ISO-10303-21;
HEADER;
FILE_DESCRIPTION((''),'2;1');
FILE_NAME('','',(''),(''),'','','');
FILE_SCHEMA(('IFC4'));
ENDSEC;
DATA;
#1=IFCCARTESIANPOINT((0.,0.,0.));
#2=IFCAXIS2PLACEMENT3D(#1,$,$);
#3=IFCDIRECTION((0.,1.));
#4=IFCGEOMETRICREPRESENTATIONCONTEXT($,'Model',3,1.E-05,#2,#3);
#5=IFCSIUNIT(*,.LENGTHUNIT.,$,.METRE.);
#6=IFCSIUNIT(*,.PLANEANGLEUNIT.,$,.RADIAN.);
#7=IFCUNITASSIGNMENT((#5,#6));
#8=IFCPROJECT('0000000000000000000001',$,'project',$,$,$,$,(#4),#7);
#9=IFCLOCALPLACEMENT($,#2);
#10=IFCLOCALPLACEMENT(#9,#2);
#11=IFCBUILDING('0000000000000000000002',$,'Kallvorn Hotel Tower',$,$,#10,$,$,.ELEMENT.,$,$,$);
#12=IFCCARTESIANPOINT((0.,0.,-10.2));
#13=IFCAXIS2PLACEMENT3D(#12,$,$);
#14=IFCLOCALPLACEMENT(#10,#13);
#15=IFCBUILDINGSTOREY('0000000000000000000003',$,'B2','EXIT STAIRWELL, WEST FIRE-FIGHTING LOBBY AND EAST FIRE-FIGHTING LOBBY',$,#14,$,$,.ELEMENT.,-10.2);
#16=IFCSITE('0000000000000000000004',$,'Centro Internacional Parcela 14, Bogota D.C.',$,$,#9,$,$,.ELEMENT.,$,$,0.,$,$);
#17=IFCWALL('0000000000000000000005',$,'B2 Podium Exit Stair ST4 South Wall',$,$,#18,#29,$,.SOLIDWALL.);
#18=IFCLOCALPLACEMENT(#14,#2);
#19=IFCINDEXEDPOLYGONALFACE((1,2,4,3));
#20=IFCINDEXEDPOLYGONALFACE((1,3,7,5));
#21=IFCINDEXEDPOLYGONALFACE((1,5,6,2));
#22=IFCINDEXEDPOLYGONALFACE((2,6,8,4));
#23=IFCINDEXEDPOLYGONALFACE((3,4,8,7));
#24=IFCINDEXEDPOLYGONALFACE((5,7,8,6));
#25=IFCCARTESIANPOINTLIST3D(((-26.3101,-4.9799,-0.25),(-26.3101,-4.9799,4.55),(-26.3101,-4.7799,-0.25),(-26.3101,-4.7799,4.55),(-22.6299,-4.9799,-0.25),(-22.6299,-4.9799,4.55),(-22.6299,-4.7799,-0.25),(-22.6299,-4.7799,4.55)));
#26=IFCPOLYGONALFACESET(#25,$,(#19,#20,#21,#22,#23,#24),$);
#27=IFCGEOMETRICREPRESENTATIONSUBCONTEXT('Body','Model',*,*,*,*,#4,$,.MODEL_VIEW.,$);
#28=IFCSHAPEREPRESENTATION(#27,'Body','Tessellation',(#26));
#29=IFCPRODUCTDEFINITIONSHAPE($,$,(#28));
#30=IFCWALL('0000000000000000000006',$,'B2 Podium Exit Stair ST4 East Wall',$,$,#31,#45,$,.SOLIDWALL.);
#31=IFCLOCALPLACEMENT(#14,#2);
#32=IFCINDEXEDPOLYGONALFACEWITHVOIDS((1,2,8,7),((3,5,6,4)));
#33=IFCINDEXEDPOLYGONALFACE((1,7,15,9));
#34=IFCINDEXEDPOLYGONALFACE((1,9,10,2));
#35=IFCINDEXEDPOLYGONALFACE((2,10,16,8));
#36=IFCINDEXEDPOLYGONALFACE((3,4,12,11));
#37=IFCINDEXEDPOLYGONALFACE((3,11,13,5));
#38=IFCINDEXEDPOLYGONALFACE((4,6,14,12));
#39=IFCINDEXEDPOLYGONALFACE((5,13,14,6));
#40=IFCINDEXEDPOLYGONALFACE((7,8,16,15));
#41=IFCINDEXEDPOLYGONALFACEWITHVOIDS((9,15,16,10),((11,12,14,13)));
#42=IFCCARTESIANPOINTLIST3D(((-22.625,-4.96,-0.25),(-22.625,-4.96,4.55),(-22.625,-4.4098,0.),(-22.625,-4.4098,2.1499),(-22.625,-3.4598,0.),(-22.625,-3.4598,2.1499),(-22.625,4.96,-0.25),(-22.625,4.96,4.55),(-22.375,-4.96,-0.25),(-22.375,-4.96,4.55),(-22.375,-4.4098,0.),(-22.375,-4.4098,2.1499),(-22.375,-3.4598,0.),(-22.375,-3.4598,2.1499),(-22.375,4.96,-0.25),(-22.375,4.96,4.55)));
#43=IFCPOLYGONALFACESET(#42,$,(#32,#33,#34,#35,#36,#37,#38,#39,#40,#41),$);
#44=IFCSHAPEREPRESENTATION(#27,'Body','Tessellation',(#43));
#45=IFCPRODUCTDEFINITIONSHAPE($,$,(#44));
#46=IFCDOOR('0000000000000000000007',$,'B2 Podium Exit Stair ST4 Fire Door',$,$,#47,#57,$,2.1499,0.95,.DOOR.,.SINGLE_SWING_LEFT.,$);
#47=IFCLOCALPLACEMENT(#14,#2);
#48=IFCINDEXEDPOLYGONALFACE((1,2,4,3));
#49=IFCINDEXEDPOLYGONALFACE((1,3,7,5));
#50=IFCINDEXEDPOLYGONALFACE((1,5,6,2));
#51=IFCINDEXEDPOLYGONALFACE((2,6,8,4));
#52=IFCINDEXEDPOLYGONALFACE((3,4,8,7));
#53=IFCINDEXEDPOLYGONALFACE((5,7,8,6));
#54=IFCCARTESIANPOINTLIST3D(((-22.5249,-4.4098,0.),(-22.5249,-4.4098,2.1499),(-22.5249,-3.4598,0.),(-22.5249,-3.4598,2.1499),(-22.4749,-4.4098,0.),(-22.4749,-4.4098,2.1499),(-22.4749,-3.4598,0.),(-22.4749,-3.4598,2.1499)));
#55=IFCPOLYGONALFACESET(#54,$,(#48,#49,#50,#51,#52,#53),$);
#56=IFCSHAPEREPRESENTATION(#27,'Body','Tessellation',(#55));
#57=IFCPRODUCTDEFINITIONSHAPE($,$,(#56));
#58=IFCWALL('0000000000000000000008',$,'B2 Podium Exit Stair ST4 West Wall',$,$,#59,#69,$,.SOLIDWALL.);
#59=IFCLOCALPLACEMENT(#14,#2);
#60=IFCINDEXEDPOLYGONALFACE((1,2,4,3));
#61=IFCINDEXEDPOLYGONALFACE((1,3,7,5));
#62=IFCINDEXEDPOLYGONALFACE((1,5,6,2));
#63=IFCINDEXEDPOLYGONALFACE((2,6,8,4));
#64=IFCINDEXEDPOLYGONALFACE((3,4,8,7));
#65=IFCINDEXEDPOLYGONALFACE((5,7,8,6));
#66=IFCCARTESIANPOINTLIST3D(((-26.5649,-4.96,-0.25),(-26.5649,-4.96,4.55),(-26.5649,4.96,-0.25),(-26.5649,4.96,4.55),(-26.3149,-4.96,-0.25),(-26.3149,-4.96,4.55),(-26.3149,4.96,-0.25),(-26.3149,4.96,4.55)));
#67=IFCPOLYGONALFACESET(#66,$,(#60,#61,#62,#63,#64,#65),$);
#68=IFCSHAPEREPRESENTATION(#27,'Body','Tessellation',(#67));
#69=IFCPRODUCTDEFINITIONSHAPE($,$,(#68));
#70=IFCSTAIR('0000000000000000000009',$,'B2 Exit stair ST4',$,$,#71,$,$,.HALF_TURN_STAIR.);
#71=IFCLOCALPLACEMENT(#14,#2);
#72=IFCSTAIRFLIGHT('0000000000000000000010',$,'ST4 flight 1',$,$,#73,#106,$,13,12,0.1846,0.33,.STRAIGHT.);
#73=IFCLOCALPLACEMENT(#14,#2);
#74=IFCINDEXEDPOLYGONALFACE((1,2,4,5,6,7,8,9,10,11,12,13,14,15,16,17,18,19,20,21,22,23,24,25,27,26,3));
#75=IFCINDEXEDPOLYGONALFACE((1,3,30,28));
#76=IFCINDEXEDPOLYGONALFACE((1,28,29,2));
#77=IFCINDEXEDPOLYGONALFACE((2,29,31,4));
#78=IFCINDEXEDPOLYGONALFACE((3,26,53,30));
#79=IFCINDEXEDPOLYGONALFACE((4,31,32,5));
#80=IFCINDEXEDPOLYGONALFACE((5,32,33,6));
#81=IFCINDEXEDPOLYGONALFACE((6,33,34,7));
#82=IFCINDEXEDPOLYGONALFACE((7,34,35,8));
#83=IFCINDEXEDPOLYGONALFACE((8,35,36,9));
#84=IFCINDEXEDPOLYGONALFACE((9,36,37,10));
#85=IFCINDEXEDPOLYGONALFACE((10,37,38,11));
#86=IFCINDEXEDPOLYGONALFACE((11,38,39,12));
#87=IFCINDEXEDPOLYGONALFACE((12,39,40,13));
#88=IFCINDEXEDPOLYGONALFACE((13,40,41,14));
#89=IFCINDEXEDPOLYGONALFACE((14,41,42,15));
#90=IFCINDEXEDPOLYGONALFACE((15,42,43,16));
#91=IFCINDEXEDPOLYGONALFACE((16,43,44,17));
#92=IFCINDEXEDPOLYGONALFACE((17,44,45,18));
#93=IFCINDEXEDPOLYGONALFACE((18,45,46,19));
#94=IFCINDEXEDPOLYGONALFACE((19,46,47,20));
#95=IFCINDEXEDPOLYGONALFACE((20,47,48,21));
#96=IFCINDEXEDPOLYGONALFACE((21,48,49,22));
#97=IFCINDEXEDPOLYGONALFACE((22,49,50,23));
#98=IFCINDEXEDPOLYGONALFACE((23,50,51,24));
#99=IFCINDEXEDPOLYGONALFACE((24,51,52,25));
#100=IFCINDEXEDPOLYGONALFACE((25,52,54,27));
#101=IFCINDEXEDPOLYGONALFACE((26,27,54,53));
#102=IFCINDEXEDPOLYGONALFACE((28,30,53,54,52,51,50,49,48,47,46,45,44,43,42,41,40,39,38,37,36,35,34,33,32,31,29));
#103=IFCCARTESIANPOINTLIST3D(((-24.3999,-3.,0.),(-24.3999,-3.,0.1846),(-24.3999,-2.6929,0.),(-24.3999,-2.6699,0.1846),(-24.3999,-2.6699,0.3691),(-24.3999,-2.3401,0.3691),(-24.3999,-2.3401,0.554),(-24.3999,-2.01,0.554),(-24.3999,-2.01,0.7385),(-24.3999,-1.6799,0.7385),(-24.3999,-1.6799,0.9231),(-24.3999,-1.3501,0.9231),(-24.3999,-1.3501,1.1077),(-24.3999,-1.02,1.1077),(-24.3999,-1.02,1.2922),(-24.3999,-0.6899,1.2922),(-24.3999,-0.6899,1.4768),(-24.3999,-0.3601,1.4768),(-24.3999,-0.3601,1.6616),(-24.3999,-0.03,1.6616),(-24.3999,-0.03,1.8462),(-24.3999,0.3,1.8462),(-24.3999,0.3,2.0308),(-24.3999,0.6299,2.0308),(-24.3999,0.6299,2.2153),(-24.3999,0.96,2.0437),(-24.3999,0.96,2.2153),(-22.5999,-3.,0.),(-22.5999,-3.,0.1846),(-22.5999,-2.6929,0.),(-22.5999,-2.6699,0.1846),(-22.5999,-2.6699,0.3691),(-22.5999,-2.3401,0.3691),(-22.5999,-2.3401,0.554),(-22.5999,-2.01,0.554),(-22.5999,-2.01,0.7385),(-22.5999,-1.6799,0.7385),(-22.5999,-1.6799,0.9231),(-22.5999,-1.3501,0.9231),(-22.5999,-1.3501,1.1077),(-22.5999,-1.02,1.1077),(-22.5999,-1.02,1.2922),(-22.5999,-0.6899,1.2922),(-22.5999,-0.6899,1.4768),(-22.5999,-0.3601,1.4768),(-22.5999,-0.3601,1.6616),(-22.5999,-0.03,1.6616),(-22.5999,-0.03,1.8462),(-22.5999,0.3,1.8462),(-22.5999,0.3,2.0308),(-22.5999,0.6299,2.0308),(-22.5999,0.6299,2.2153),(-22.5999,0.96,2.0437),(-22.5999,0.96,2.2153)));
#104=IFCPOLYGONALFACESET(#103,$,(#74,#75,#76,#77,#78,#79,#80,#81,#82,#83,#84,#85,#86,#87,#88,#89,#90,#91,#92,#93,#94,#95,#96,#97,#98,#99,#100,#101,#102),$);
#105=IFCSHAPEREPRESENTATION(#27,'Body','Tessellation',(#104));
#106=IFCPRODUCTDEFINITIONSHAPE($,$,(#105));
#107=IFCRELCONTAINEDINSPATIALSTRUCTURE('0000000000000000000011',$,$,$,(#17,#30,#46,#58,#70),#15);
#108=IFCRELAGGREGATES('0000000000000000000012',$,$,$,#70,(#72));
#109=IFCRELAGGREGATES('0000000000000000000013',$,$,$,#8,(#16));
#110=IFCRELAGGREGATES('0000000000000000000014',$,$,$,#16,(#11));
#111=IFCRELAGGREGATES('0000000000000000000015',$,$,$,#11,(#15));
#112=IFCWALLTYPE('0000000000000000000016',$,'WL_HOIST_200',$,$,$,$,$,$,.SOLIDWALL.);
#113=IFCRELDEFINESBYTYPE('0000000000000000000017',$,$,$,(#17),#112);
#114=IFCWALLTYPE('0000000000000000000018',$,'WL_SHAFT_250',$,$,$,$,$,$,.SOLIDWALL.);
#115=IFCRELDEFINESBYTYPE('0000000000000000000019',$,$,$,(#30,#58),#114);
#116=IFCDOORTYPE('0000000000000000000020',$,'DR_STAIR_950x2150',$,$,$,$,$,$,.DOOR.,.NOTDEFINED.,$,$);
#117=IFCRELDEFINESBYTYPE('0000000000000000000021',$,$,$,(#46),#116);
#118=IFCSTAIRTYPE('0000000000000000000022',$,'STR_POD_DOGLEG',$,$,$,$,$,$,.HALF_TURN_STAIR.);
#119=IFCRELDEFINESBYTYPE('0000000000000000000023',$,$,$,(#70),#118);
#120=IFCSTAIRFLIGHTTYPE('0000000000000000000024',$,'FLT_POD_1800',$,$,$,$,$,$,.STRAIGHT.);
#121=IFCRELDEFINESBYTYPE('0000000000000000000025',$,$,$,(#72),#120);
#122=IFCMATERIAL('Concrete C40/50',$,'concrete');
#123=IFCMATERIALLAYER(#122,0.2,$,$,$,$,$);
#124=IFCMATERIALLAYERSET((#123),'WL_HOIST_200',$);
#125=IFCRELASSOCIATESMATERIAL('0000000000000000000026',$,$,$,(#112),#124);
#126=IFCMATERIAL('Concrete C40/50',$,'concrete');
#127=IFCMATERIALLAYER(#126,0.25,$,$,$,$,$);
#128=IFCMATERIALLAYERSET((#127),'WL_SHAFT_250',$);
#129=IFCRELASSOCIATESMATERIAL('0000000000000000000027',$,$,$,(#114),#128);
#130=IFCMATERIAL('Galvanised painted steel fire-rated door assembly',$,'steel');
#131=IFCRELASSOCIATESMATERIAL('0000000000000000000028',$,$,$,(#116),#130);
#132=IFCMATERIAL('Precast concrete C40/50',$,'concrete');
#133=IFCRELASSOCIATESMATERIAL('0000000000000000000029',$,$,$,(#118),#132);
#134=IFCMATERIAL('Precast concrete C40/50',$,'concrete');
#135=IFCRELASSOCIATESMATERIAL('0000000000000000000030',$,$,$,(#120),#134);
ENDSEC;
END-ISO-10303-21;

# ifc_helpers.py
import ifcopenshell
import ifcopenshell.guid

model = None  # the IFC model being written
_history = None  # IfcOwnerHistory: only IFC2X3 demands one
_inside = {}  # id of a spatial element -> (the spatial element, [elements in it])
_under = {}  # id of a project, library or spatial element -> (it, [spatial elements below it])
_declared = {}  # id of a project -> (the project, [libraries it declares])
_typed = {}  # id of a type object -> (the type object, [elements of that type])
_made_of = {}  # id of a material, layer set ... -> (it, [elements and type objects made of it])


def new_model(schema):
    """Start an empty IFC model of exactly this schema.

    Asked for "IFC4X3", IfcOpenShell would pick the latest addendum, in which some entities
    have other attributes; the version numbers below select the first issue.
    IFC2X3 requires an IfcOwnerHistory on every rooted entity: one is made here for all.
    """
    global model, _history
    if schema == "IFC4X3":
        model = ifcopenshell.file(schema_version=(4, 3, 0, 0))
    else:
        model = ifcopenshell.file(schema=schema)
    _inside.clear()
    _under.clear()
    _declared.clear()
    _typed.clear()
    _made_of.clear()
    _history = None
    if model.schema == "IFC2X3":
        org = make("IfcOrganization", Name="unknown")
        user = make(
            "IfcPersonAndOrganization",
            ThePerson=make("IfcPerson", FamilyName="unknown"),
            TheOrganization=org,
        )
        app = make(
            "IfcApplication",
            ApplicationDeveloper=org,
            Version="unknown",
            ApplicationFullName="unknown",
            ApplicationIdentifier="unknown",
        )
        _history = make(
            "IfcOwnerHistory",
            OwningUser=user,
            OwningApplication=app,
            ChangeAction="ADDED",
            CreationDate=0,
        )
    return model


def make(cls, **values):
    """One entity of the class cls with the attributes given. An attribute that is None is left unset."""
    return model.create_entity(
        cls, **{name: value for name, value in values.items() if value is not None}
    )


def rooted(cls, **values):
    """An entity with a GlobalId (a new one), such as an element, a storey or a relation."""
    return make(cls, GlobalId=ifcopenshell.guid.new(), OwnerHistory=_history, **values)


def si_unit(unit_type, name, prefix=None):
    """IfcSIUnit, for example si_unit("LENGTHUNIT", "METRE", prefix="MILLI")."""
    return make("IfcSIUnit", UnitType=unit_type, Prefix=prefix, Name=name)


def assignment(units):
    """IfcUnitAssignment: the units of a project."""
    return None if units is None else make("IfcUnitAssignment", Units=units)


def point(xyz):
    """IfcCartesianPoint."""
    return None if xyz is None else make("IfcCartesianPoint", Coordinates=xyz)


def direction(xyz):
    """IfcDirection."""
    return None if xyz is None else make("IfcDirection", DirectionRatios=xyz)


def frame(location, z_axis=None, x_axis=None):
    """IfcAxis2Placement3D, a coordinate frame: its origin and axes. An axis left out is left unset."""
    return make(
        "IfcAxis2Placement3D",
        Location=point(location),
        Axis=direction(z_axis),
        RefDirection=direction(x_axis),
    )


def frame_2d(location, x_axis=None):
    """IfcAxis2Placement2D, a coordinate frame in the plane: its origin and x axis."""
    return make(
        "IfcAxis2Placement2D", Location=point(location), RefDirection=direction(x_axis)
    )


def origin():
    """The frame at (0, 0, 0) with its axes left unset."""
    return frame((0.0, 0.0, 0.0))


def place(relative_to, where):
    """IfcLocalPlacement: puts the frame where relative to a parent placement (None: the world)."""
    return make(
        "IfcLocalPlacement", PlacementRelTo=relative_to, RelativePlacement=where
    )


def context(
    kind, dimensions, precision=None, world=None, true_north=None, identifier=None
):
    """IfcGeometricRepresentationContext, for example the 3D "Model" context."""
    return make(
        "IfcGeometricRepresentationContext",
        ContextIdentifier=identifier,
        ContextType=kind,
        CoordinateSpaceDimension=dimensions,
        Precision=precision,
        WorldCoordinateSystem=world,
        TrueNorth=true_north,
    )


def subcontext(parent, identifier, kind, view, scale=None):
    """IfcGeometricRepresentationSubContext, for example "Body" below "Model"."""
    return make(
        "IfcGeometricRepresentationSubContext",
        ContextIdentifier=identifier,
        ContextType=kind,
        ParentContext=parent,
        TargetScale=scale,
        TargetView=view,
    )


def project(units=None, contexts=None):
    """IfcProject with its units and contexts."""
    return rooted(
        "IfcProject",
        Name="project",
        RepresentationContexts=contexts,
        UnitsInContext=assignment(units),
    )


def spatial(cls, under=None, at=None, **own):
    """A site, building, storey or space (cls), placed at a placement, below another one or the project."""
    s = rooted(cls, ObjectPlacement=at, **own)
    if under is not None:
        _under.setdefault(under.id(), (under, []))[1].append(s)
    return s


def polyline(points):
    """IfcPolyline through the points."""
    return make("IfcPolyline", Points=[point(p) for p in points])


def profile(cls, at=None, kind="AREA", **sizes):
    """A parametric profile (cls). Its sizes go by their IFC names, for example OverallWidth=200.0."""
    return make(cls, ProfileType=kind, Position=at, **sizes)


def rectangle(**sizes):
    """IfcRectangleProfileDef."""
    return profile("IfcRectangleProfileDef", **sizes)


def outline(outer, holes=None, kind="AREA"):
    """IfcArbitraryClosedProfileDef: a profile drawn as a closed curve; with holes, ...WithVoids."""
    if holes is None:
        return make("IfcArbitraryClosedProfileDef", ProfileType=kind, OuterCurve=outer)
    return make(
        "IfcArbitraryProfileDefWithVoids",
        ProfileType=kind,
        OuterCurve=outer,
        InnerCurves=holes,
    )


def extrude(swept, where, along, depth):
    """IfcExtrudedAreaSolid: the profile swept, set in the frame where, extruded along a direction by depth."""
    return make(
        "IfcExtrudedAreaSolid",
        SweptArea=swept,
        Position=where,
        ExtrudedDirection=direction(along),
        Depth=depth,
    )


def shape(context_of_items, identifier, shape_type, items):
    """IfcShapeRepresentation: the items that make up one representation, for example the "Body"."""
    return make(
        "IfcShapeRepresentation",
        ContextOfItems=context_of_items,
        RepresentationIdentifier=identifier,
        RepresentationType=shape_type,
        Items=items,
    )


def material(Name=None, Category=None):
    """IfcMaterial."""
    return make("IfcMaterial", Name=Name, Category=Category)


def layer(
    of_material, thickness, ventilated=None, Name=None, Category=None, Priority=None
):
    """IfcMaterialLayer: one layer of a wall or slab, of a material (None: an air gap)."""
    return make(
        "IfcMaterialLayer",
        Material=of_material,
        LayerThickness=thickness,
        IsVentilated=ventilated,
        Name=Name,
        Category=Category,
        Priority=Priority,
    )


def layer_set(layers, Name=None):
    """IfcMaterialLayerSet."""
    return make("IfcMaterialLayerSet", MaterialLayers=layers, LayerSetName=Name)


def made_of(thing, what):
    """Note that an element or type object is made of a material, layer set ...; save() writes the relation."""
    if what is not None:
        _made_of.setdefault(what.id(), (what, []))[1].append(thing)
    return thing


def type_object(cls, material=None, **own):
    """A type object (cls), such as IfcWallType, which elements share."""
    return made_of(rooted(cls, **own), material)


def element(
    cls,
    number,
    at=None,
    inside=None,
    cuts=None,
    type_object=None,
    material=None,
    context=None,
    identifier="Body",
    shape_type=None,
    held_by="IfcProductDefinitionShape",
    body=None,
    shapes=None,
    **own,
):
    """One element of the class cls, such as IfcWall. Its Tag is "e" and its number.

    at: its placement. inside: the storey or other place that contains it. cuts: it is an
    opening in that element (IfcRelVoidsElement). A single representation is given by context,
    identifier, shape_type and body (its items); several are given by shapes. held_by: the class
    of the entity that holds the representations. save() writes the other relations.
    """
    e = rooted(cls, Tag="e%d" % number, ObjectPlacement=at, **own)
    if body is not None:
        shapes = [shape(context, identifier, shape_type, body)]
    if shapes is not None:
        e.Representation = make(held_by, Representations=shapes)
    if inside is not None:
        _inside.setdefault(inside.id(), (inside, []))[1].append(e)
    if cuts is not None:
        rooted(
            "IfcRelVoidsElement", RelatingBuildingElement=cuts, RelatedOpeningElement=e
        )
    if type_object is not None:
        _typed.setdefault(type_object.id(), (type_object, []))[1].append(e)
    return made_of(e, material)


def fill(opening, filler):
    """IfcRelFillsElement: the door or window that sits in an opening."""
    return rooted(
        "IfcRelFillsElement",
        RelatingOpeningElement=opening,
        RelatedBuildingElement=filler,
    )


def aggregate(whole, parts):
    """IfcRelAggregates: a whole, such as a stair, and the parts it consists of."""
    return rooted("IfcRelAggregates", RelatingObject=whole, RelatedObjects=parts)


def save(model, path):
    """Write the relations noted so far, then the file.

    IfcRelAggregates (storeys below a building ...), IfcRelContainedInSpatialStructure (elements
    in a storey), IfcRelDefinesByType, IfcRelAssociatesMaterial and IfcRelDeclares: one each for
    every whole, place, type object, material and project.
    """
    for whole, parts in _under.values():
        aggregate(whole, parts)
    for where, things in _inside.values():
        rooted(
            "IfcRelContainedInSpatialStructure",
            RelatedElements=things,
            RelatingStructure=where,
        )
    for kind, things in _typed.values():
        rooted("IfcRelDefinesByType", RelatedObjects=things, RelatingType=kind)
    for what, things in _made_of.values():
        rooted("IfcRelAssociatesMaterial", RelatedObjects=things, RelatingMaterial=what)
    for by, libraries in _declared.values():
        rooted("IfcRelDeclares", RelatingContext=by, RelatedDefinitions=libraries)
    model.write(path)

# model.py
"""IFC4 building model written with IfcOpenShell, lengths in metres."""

from ifc_helpers import new_model, si_unit, direction, frame, frame_2d, origin, place, context, subcontext, project, spatial, polyline, rectangle, outline, extrude, material, layer, layer_set, type_object, element, fill, aggregate, save


model = new_model("IFC4")

# Units and contexts
model_context = context("Model", 3, precision=1e-05, world=origin(), true_north=direction((0.0, 1.0)))
body_context = subcontext(model_context, "Body", "Model", "MODEL_VIEW")
ifc_project = project(units=[si_unit("LENGTHUNIT", "METRE"), si_unit("PLANEANGLEUNIT", "RADIAN")], contexts=[model_context])

# Site, building, storey
site_placement = place(None, origin())
site = spatial("IfcSite", under=ifc_project, at=site_placement, Name="Centro Internacional Parcela 14, Bogota D.C.", CompositionType="ELEMENT", RefElevation=0.0)
building_placement = place(site_placement, origin())
building = spatial("IfcBuilding", under=site, at=building_placement, Name="Kallvorn Hotel Tower", CompositionType="ELEMENT")
storey_placement = place(building_placement, frame((0.0, 0.0, -10.2)))
storey = spatial("IfcBuildingStorey", under=building, at=storey_placement, Name="B2", Description="EXIT STAIRWELL, WEST FIRE-FIGHTING LOBBY AND EAST FIRE-FIGHTING LOBBY", CompositionType="ELEMENT", Elevation=-10.2)

# Wall
ifc_material_1 = material(Name="Concrete C40/50", Category="concrete")
ifc_layer_1 = layer(ifc_material_1, 0.2)
ifc_layer_set_1 = layer_set([ifc_layer_1], Name="WL_HOIST_200")
wall_type_1 = type_object("IfcWallType", Name="WL_HOIST_200", PredefinedType="SOLIDWALL", material=ifc_layer_set_1)
wall_1_placement = place(storey_placement, frame((-26.3101, -4.8799, -0.25), z_axis=(0.0, 0.0, 1.0), x_axis=(1.0, 0.0, 0.0)))
element("IfcWall", 1, at=wall_1_placement, inside=storey, type_object=wall_type_1, Name="B2 Podium Exit Stair ST4 South Wall", PredefinedType="SOLIDWALL", context=body_context, shape_type="SweptSolid", body=[
    extrude(rectangle(XDim=3.6802, YDim=0.2, at=frame_2d((1.8401, 0.0))), origin(), (0.0, 0.0, 1.0), 4.8),
])

# Wall, opening, door
ifc_material_2 = material(Name="Concrete C40/50", Category="concrete")
ifc_layer_2 = layer(ifc_material_2, 0.25)
ifc_layer_set_2 = layer_set([ifc_layer_2], Name="WL_SHAFT_250")
wall_type_2 = type_object("IfcWallType", Name="WL_SHAFT_250", PredefinedType="SOLIDWALL", material=ifc_layer_set_2)
wall_2_placement = place(storey_placement, frame((-22.5, -4.96, -0.25), z_axis=(0.0, 0.0, 1.0), x_axis=(0.0, 1.0, 0.0)))
wall_2 = element("IfcWall", 2, at=wall_2_placement, inside=storey, type_object=wall_type_2, Name="B2 Podium Exit Stair ST4 East Wall", PredefinedType="SOLIDWALL", context=body_context, shape_type="SweptSolid", body=[
    extrude(rectangle(XDim=9.9199, YDim=0.25, at=frame_2d((4.96, 0.0))), origin(), (0.0, 0.0, 1.0), 4.8),
])
opening_placement = place(wall_2_placement, frame((0.55, 0.0, 0.25)))
opening = element("IfcOpeningElement", 3, at=opening_placement, cuts=wall_2, PredefinedType="OPENING", context=body_context, shape_type="SweptSolid", body=[
    extrude(rectangle(XDim=0.95, YDim=2.1499, at=frame_2d((0.4751, 1.075))), frame((0.0, 0.1399, 0.0), z_axis=(0.0, -1.0, 0.0), x_axis=(1.0, 0.0, 0.0)), (0.0, 0.0, 1.0), 0.28),
])
ifc_material_3 = material(Name="Galvanised painted steel fire-rated door assembly", Category="steel")
door_type = type_object("IfcDoorType", Name="DR_STAIR_950x2150", OperationType="NOTDEFINED", PredefinedType="DOOR", material=ifc_material_3)
door_placement = place(opening_placement, origin())
door = element("IfcDoor", 4, at=door_placement, inside=storey, type_object=door_type, Name="B2 Podium Exit Stair ST4 Fire Door", OperationType="SINGLE_SWING_LEFT", OverallHeight=2.1499, OverallWidth=0.95, PredefinedType="DOOR", context=body_context, shape_type="SweptSolid", body=[
    extrude(rectangle(XDim=0.95, YDim=2.1499, at=frame_2d((0.4751, 1.075))), frame((0.0, 0.0249, 0.0), z_axis=(0.0, -1.0, 0.0), x_axis=(1.0, 0.0, 0.0)), (0.0, 0.0, 1.0), 0.05),
])
fill(opening, door)

# Wall
wall_3_placement = place(storey_placement, frame((-26.4399, -4.96, -0.25), z_axis=(0.0, 0.0, 1.0), x_axis=(0.0, 1.0, 0.0)))
element("IfcWall", 5, at=wall_3_placement, inside=storey, type_object=wall_type_2, Name="B2 Podium Exit Stair ST4 West Wall", PredefinedType="SOLIDWALL", context=body_context, shape_type="SweptSolid", body=[
    extrude(rectangle(XDim=9.9199, YDim=0.25, at=frame_2d((4.96, 0.0))), origin(), (0.0, 0.0, 1.0), 4.8),
])

# Stair, stair flight
ifc_material_4 = material(Name="Precast concrete C40/50", Category="concrete")
stair_type = type_object("IfcStairType", Name="STR_POD_DOGLEG", PredefinedType="HALF_TURN_STAIR", material=ifc_material_4)
stair_placement = place(storey_placement, origin())
stair = element("IfcStair", 6, at=stair_placement, inside=storey, type_object=stair_type, Name="B2 Exit stair ST4", PredefinedType="HALF_TURN_STAIR")
ifc_material_5 = material(Name="Precast concrete C40/50", Category="concrete")
stair_flight_type = type_object("IfcStairFlightType", Name="FLT_POD_1800", PredefinedType="STRAIGHT", material=ifc_material_5)
stair_flight_placement = place(storey_placement, frame((-23.5, -3.0, 0.0), z_axis=(0.0, 0.0, 1.0), x_axis=(0.0, 1.0, 0.0)))
stair_flight = element("IfcStairFlight", 7, at=stair_flight_placement, type_object=stair_flight_type, Name="ST4 flight 1", NumberOfRisers=13, NumberOfTreads=12, PredefinedType="STRAIGHT", RiserHeight=0.1846, TreadLength=0.33, context=body_context, shape_type="SweptSolid", body=[
    extrude(outline(polyline([(0.0, 0.0), (0.0, 0.1846), (0.3301, 0.1846), (0.3301, 0.3691), (0.6599, 0.3691), (0.6599, 0.554), (0.99, 0.554), (0.99, 0.7385), (1.3201, 0.7385), (1.3201, 0.9231), (1.6499, 0.9231), (1.6499, 1.1077), (1.98, 1.1077), (1.98, 1.2922), (2.3101, 1.2922), (2.3101, 1.4768), (2.6399, 1.4768), (2.6399, 1.6616), (2.97, 1.6616), (2.97, 1.8462), (3.3, 1.8462), (3.3, 2.0308), (3.6299, 2.0308), (3.6299, 2.2153), (3.96, 2.2153), (3.96, 2.3999), (3.96, 2.0437), (0.3071, 0.0), (0.0, 0.0)])), frame((0.0, 0.8999, 0.0), z_axis=(0.0, -1.0, 0.0), x_axis=(1.0, 0.0, 0.0)), (0.0, 0.0, 1.0), 1.8),
])
aggregate(stair, [stair_flight])

save(model, "model.ifc")
